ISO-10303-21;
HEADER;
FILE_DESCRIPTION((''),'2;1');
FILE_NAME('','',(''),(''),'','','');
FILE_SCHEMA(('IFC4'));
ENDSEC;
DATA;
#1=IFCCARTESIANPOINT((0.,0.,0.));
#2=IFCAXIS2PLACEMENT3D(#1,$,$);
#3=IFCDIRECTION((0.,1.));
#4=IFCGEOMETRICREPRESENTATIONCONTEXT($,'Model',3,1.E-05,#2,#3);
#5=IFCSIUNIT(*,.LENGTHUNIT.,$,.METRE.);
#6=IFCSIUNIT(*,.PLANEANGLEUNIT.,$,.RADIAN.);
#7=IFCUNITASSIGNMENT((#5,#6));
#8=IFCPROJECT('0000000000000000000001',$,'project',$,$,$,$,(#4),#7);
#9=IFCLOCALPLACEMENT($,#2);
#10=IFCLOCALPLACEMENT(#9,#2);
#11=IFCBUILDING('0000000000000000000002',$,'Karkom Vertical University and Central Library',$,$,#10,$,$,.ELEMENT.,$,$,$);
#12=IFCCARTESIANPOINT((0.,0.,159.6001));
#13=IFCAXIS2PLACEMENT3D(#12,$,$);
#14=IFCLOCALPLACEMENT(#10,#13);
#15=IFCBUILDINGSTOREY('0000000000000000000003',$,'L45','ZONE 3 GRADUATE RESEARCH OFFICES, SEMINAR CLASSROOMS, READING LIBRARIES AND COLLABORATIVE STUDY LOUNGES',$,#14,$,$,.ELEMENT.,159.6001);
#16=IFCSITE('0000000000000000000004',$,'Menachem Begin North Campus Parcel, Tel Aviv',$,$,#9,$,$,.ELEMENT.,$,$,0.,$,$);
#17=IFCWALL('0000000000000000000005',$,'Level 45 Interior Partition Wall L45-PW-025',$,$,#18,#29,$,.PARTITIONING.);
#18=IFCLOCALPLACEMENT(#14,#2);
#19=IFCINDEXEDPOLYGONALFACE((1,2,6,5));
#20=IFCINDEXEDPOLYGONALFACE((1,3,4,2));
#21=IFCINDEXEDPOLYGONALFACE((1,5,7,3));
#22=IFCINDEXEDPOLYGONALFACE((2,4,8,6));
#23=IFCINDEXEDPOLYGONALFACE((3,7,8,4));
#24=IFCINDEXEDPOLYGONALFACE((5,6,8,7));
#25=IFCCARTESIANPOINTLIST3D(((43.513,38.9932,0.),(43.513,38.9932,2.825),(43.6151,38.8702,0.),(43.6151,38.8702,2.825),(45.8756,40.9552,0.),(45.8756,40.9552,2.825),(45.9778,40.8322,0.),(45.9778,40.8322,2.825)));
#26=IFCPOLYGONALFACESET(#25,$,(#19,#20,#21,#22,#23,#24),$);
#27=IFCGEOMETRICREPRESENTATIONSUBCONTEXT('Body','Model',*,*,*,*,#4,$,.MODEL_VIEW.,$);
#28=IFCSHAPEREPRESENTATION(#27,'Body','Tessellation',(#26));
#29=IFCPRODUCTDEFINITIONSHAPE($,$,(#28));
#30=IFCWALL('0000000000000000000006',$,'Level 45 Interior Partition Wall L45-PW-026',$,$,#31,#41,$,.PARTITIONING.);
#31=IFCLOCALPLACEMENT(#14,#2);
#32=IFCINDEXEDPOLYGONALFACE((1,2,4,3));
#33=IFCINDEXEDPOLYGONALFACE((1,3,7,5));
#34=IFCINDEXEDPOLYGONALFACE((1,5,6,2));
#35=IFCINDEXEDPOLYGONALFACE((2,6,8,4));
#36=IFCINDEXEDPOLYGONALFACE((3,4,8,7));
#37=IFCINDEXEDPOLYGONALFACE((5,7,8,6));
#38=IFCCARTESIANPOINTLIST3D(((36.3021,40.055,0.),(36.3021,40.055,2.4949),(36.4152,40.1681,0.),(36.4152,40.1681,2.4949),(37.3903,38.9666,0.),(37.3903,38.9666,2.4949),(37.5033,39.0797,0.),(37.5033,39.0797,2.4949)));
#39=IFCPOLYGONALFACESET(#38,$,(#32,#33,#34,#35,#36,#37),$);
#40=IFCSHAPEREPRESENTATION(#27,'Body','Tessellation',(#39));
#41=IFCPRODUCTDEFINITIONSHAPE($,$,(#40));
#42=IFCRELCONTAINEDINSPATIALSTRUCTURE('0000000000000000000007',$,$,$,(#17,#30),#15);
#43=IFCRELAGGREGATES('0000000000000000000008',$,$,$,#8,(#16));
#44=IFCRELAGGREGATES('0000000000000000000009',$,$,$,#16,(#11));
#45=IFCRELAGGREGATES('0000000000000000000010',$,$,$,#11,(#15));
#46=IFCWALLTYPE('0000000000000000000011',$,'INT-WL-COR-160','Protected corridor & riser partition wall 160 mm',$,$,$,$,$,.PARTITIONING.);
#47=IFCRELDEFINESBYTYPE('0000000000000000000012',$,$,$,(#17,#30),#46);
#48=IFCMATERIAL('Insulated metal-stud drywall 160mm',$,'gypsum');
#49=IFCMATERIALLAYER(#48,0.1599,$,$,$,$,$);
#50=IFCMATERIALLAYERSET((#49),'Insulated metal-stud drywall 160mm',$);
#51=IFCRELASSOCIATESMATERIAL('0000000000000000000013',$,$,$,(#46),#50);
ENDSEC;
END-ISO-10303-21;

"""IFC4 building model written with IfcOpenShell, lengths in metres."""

from ifc_helpers import new_model, si_unit, direction, frame, frame_2d, origin, place, context, subcontext, project, spatial, rectangle, extrude, material, layer, layer_set, type_object, element, save


model = new_model("IFC4")

# Units and contexts
model_context = context("Model", 3, precision=1e-05, world=origin(), true_north=direction((0.0, 1.0)))
body_context = subcontext(model_context, "Body", "Model", "MODEL_VIEW")
ifc_project = project(units=[si_unit("LENGTHUNIT", "METRE"), si_unit("PLANEANGLEUNIT", "RADIAN")], contexts=[model_context])

# Site, building, storey
site_placement = place(None, origin())
site = spatial("IfcSite", under=ifc_project, at=site_placement, Name="Menachem Begin North Campus Parcel, Tel Aviv", CompositionType="ELEMENT", RefElevation=0.0)
building_placement = place(site_placement, origin())
building = spatial("IfcBuilding", under=site, at=building_placement, Name="Karkom Vertical University and Central Library", CompositionType="ELEMENT")
storey_placement = place(building_placement, frame((0.0, 0.0, 159.6001)))
storey = spatial("IfcBuildingStorey", under=building, at=storey_placement, Name="L45", Description="ZONE 3 GRADUATE RESEARCH OFFICES, SEMINAR CLASSROOMS, READING LIBRARIES AND COLLABORATIVE STUDY LOUNGES", CompositionType="ELEMENT", Elevation=159.6001)

# Shared definitions
ifc_material_1 = material(Name="Insulated metal-stud drywall 160mm", Category="gypsum")
ifc_layer_1 = layer(ifc_material_1, 0.1599)
ifc_layer_set_1 = layer_set([ifc_layer_1], Name="Insulated metal-stud drywall 160mm")
wall_type_1 = type_object("IfcWallType", Name="INT-WL-COR-160", Description="Protected corridor & riser partition wall 160 mm", PredefinedType="PARTITIONING", material=ifc_layer_set_1)

# Walls
wall_1_placement = place(storey_placement, frame((43.564, 38.9316, 0.0), z_axis=(0.0, 0.0, 1.0), x_axis=(0.769321, 0.638862, 0.0)))
element("IfcWall", 1, at=wall_1_placement, inside=storey, type_object=wall_type_1, Name="Level 45 Interior Partition Wall L45-PW-025", PredefinedType="PARTITIONING", context=body_context, shape_type="SweptSolid", body=[
    extrude(rectangle(XDim=3.071, YDim=0.1599, at=frame_2d((1.5356, 0.0))), origin(), (0.0, 0.0, 1.0), 2.825),
])
wall_2_placement = place(storey_placement, frame((36.3586, 40.1116, 0.0), z_axis=(0.0, 0.0, 1.0), x_axis=(0.707027, -0.707186, 0.0)))
element("IfcWall", 2, at=wall_2_placement, inside=storey, type_object=wall_type_1, Name="Level 45 Interior Partition Wall L45-PW-026", PredefinedType="PARTITIONING", context=body_context, shape_type="SweptSolid", body=[
    extrude(rectangle(XDim=1.5391, YDim=0.1599, at=frame_2d((0.7695, 0.0))), origin(), (0.0, 0.0, 1.0), 2.4949),
])

save(model, "model.ifc")
